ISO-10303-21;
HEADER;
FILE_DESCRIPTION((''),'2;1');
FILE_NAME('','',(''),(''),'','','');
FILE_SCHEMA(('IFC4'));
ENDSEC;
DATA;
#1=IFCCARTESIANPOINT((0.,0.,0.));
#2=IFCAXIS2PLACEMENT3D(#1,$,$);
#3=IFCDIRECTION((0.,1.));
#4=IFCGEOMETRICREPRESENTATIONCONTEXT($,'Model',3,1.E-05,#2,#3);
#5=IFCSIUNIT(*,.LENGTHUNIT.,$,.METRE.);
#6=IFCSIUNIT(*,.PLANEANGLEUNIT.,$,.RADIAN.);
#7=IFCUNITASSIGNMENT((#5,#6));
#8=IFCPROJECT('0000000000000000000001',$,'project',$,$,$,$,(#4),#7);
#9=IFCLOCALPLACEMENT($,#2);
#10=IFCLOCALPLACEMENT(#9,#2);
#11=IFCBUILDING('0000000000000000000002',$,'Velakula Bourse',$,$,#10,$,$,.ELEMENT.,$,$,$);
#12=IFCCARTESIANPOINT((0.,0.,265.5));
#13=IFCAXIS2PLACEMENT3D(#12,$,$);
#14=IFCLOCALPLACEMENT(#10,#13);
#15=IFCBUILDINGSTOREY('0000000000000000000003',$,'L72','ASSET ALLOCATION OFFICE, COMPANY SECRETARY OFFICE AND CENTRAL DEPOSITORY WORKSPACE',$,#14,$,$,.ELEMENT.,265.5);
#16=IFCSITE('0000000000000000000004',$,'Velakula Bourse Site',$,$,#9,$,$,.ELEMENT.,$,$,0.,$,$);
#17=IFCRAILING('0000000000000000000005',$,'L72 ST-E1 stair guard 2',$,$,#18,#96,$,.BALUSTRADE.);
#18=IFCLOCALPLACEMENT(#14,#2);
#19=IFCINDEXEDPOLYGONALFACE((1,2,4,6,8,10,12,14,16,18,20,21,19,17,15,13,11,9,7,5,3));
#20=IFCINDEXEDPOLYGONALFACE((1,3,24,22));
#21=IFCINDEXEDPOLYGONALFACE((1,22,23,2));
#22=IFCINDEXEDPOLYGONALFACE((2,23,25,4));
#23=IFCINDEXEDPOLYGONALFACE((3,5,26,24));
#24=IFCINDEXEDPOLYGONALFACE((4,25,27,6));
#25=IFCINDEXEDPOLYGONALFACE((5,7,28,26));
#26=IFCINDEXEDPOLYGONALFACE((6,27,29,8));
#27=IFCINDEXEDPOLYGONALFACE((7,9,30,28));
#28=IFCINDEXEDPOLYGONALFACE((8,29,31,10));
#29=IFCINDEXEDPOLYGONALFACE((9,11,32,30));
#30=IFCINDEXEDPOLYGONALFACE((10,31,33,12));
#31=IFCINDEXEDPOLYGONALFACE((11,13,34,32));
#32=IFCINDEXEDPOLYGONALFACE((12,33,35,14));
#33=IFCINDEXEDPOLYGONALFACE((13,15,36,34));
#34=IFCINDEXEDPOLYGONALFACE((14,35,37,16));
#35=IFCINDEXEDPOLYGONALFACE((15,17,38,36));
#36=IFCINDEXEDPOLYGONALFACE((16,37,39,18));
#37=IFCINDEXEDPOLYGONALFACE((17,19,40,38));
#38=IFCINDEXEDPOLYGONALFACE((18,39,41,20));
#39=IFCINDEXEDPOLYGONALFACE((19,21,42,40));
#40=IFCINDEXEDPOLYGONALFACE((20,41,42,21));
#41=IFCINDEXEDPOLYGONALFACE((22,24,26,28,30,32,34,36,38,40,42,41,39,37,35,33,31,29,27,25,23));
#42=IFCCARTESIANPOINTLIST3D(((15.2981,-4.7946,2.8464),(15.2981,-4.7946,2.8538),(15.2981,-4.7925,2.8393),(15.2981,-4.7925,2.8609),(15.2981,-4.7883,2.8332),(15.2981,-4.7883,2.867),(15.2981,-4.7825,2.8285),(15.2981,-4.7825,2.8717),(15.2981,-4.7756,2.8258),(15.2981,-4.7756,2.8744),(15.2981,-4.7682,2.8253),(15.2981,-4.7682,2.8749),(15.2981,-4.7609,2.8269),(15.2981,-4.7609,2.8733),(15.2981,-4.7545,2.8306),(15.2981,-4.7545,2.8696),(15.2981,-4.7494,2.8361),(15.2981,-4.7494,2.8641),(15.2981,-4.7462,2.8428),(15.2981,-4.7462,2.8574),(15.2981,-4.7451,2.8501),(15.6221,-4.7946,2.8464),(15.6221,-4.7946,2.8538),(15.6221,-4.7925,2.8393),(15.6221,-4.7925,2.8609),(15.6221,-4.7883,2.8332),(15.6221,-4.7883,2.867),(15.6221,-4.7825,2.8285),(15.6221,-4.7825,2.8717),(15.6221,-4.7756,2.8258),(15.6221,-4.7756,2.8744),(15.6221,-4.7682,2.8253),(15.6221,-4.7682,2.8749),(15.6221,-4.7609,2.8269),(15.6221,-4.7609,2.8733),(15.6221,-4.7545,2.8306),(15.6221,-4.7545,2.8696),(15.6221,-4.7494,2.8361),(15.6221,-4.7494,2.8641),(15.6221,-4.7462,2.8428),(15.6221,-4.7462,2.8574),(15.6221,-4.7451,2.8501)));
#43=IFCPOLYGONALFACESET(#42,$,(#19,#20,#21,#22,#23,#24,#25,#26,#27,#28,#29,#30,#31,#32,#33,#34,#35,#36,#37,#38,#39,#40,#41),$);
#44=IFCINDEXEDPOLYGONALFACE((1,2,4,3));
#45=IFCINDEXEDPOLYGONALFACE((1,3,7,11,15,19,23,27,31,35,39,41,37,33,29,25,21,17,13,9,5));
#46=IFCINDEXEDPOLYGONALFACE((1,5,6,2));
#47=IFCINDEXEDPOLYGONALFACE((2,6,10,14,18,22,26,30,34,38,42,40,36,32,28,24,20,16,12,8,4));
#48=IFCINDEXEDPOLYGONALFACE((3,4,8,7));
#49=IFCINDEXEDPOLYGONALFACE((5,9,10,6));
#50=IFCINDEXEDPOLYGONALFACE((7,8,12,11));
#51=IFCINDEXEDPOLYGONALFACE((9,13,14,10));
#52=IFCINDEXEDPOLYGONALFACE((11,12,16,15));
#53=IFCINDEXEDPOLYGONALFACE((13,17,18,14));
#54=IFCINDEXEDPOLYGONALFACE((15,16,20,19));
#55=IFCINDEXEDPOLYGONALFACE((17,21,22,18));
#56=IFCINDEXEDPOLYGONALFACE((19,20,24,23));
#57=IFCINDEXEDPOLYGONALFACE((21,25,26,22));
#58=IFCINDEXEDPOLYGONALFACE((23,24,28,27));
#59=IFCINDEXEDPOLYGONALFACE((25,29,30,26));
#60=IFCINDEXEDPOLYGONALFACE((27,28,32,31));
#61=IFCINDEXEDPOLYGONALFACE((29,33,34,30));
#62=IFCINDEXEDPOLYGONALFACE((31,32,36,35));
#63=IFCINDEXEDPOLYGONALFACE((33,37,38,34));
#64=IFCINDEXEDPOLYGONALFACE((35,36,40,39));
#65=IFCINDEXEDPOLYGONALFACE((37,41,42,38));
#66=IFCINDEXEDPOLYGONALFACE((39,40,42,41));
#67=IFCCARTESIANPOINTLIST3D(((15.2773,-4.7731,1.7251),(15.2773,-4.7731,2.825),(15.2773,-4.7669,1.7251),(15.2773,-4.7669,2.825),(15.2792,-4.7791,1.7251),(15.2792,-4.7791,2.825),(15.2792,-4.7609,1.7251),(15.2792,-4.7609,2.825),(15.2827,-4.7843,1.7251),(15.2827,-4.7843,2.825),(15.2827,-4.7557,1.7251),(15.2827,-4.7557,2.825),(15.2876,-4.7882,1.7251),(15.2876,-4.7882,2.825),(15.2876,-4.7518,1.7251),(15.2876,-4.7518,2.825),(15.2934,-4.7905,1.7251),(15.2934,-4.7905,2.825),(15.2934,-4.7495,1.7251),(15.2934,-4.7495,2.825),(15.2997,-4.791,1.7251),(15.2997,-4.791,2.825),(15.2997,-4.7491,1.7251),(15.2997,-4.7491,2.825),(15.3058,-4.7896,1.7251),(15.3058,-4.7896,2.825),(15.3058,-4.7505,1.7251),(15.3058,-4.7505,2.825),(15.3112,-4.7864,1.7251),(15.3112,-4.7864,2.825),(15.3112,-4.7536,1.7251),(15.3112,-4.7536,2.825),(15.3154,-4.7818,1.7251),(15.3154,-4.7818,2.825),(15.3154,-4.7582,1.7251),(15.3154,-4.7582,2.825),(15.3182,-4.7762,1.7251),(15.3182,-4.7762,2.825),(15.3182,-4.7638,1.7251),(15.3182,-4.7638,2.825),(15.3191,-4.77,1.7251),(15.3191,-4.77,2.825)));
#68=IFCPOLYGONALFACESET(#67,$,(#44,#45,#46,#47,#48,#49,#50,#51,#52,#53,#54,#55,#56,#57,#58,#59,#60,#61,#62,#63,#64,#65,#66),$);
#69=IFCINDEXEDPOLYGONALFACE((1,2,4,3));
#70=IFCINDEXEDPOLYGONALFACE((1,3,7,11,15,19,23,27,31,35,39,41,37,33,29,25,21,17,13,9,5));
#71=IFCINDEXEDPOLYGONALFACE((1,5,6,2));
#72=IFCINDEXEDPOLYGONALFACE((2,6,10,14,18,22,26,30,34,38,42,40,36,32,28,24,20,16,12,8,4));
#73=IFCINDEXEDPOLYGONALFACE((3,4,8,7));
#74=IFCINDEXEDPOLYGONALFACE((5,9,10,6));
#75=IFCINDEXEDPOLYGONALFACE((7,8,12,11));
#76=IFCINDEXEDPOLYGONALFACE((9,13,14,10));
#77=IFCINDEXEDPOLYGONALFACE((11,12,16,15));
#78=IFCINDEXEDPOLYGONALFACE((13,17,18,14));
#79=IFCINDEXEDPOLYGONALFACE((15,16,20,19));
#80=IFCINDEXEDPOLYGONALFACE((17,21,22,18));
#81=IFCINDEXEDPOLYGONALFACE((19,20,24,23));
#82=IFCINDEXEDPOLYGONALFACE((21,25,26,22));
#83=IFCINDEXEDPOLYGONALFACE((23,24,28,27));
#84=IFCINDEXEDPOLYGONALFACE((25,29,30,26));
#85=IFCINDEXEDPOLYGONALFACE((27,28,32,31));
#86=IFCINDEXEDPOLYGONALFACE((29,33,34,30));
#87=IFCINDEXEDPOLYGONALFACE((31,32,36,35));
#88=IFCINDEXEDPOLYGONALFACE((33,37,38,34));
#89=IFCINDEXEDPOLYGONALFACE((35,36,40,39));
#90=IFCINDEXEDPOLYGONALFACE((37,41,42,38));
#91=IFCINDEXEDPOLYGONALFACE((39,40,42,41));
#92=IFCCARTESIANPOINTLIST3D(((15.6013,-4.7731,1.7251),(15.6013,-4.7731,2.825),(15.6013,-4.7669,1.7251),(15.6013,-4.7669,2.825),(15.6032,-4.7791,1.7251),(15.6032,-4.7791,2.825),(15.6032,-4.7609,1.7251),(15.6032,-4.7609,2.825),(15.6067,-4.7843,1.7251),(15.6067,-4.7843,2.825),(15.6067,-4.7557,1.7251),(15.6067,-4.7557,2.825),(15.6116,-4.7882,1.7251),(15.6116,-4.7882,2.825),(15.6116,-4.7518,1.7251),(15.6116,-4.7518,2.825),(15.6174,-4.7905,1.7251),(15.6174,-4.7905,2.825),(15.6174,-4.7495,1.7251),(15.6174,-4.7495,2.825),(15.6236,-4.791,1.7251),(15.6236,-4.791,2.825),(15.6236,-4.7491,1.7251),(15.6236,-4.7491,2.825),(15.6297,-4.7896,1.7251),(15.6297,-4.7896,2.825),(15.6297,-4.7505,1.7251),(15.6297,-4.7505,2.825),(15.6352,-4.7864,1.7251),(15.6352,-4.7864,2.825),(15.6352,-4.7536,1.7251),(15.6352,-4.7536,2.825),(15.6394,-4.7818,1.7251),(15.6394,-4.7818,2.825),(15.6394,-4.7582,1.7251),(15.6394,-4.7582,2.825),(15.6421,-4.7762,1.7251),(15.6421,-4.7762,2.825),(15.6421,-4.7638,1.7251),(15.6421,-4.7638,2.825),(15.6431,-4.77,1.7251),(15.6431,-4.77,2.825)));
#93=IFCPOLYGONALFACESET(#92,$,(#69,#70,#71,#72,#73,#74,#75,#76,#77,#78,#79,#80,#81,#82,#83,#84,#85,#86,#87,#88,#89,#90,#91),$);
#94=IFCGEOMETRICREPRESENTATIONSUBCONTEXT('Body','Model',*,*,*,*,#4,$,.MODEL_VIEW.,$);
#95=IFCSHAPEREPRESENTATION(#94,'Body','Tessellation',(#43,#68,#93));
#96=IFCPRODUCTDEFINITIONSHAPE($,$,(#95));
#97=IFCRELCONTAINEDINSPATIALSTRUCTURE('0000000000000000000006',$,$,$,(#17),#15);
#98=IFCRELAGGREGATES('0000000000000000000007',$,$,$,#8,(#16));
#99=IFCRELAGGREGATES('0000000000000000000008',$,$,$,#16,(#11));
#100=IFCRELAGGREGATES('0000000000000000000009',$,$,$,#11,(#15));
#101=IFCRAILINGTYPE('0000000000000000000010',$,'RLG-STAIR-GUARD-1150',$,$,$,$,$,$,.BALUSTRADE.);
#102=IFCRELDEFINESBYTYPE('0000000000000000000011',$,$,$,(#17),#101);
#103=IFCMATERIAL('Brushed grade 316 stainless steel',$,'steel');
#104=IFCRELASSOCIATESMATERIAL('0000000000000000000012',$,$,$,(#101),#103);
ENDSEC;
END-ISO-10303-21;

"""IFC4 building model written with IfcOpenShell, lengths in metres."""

from ifc_helpers import new_model, si_unit, direction, frame, origin, origin_2d, place, context, subcontext, project, spatial, circle, extrude, material, type_object, element, save


model = new_model("IFC4")

# Units and contexts
model_context = context("Model", 3, precision=1e-05, world=origin(), true_north=direction((0.0, 1.0)))
body_context = subcontext(model_context, "Body", "Model", "MODEL_VIEW")
ifc_project = project(units=[si_unit("LENGTHUNIT", "METRE"), si_unit("PLANEANGLEUNIT", "RADIAN")], contexts=[model_context])

# Site, building, storey
site_placement = place(None, origin())
site = spatial("IfcSite", under=ifc_project, at=site_placement, Name="Velakula Bourse Site", CompositionType="ELEMENT", RefElevation=0.0)
building_placement = place(site_placement, origin())
building = spatial("IfcBuilding", under=site, at=building_placement, Name="Velakula Bourse", CompositionType="ELEMENT")
storey_placement = place(building_placement, frame((0.0, 0.0, 265.5)))
storey = spatial("IfcBuildingStorey", under=building, at=storey_placement, Name="L72", Description="ASSET ALLOCATION OFFICE, COMPANY SECRETARY OFFICE AND CENTRAL DEPOSITORY WORKSPACE", CompositionType="ELEMENT", Elevation=265.5)

# Shared definitions
ifc_material_1 = material(Name="Brushed grade 316 stainless steel", Category="steel")

# Railing
railing_type_1 = type_object("IfcRailingType", Name="RLG-STAIR-GUARD-1150", PredefinedType="BALUSTRADE", material=ifc_material_1)
railing_1_placement = place(storey_placement, frame((15.2981, -4.77, 1.7251)))
element("IfcRailing", 1, at=railing_1_placement, inside=storey, type_object=railing_type_1, Name="L72 ST-E1 stair guard 2", PredefinedType="BALUSTRADE", context=body_context, shape_type="SweptSolid", body=[
    extrude(circle(Radius=0.0249, at=origin_2d()), frame((0.0, 0.0, 1.125), z_axis=(1.0, 0.0, 0.0), x_axis=(0.0, 1.0, 0.0)), (0.0, 0.0, 1.0), 0.324),
    extrude(circle(Radius=0.021, at=origin_2d()), origin(), (0.0, 0.0, 1.0), 1.0999),
    extrude(circle(Radius=0.021, at=origin_2d()), frame((0.324, 0.0, 0.0)), (0.0, 0.0, 1.0), 1.0999),
])

save(model, "model.ifc")
